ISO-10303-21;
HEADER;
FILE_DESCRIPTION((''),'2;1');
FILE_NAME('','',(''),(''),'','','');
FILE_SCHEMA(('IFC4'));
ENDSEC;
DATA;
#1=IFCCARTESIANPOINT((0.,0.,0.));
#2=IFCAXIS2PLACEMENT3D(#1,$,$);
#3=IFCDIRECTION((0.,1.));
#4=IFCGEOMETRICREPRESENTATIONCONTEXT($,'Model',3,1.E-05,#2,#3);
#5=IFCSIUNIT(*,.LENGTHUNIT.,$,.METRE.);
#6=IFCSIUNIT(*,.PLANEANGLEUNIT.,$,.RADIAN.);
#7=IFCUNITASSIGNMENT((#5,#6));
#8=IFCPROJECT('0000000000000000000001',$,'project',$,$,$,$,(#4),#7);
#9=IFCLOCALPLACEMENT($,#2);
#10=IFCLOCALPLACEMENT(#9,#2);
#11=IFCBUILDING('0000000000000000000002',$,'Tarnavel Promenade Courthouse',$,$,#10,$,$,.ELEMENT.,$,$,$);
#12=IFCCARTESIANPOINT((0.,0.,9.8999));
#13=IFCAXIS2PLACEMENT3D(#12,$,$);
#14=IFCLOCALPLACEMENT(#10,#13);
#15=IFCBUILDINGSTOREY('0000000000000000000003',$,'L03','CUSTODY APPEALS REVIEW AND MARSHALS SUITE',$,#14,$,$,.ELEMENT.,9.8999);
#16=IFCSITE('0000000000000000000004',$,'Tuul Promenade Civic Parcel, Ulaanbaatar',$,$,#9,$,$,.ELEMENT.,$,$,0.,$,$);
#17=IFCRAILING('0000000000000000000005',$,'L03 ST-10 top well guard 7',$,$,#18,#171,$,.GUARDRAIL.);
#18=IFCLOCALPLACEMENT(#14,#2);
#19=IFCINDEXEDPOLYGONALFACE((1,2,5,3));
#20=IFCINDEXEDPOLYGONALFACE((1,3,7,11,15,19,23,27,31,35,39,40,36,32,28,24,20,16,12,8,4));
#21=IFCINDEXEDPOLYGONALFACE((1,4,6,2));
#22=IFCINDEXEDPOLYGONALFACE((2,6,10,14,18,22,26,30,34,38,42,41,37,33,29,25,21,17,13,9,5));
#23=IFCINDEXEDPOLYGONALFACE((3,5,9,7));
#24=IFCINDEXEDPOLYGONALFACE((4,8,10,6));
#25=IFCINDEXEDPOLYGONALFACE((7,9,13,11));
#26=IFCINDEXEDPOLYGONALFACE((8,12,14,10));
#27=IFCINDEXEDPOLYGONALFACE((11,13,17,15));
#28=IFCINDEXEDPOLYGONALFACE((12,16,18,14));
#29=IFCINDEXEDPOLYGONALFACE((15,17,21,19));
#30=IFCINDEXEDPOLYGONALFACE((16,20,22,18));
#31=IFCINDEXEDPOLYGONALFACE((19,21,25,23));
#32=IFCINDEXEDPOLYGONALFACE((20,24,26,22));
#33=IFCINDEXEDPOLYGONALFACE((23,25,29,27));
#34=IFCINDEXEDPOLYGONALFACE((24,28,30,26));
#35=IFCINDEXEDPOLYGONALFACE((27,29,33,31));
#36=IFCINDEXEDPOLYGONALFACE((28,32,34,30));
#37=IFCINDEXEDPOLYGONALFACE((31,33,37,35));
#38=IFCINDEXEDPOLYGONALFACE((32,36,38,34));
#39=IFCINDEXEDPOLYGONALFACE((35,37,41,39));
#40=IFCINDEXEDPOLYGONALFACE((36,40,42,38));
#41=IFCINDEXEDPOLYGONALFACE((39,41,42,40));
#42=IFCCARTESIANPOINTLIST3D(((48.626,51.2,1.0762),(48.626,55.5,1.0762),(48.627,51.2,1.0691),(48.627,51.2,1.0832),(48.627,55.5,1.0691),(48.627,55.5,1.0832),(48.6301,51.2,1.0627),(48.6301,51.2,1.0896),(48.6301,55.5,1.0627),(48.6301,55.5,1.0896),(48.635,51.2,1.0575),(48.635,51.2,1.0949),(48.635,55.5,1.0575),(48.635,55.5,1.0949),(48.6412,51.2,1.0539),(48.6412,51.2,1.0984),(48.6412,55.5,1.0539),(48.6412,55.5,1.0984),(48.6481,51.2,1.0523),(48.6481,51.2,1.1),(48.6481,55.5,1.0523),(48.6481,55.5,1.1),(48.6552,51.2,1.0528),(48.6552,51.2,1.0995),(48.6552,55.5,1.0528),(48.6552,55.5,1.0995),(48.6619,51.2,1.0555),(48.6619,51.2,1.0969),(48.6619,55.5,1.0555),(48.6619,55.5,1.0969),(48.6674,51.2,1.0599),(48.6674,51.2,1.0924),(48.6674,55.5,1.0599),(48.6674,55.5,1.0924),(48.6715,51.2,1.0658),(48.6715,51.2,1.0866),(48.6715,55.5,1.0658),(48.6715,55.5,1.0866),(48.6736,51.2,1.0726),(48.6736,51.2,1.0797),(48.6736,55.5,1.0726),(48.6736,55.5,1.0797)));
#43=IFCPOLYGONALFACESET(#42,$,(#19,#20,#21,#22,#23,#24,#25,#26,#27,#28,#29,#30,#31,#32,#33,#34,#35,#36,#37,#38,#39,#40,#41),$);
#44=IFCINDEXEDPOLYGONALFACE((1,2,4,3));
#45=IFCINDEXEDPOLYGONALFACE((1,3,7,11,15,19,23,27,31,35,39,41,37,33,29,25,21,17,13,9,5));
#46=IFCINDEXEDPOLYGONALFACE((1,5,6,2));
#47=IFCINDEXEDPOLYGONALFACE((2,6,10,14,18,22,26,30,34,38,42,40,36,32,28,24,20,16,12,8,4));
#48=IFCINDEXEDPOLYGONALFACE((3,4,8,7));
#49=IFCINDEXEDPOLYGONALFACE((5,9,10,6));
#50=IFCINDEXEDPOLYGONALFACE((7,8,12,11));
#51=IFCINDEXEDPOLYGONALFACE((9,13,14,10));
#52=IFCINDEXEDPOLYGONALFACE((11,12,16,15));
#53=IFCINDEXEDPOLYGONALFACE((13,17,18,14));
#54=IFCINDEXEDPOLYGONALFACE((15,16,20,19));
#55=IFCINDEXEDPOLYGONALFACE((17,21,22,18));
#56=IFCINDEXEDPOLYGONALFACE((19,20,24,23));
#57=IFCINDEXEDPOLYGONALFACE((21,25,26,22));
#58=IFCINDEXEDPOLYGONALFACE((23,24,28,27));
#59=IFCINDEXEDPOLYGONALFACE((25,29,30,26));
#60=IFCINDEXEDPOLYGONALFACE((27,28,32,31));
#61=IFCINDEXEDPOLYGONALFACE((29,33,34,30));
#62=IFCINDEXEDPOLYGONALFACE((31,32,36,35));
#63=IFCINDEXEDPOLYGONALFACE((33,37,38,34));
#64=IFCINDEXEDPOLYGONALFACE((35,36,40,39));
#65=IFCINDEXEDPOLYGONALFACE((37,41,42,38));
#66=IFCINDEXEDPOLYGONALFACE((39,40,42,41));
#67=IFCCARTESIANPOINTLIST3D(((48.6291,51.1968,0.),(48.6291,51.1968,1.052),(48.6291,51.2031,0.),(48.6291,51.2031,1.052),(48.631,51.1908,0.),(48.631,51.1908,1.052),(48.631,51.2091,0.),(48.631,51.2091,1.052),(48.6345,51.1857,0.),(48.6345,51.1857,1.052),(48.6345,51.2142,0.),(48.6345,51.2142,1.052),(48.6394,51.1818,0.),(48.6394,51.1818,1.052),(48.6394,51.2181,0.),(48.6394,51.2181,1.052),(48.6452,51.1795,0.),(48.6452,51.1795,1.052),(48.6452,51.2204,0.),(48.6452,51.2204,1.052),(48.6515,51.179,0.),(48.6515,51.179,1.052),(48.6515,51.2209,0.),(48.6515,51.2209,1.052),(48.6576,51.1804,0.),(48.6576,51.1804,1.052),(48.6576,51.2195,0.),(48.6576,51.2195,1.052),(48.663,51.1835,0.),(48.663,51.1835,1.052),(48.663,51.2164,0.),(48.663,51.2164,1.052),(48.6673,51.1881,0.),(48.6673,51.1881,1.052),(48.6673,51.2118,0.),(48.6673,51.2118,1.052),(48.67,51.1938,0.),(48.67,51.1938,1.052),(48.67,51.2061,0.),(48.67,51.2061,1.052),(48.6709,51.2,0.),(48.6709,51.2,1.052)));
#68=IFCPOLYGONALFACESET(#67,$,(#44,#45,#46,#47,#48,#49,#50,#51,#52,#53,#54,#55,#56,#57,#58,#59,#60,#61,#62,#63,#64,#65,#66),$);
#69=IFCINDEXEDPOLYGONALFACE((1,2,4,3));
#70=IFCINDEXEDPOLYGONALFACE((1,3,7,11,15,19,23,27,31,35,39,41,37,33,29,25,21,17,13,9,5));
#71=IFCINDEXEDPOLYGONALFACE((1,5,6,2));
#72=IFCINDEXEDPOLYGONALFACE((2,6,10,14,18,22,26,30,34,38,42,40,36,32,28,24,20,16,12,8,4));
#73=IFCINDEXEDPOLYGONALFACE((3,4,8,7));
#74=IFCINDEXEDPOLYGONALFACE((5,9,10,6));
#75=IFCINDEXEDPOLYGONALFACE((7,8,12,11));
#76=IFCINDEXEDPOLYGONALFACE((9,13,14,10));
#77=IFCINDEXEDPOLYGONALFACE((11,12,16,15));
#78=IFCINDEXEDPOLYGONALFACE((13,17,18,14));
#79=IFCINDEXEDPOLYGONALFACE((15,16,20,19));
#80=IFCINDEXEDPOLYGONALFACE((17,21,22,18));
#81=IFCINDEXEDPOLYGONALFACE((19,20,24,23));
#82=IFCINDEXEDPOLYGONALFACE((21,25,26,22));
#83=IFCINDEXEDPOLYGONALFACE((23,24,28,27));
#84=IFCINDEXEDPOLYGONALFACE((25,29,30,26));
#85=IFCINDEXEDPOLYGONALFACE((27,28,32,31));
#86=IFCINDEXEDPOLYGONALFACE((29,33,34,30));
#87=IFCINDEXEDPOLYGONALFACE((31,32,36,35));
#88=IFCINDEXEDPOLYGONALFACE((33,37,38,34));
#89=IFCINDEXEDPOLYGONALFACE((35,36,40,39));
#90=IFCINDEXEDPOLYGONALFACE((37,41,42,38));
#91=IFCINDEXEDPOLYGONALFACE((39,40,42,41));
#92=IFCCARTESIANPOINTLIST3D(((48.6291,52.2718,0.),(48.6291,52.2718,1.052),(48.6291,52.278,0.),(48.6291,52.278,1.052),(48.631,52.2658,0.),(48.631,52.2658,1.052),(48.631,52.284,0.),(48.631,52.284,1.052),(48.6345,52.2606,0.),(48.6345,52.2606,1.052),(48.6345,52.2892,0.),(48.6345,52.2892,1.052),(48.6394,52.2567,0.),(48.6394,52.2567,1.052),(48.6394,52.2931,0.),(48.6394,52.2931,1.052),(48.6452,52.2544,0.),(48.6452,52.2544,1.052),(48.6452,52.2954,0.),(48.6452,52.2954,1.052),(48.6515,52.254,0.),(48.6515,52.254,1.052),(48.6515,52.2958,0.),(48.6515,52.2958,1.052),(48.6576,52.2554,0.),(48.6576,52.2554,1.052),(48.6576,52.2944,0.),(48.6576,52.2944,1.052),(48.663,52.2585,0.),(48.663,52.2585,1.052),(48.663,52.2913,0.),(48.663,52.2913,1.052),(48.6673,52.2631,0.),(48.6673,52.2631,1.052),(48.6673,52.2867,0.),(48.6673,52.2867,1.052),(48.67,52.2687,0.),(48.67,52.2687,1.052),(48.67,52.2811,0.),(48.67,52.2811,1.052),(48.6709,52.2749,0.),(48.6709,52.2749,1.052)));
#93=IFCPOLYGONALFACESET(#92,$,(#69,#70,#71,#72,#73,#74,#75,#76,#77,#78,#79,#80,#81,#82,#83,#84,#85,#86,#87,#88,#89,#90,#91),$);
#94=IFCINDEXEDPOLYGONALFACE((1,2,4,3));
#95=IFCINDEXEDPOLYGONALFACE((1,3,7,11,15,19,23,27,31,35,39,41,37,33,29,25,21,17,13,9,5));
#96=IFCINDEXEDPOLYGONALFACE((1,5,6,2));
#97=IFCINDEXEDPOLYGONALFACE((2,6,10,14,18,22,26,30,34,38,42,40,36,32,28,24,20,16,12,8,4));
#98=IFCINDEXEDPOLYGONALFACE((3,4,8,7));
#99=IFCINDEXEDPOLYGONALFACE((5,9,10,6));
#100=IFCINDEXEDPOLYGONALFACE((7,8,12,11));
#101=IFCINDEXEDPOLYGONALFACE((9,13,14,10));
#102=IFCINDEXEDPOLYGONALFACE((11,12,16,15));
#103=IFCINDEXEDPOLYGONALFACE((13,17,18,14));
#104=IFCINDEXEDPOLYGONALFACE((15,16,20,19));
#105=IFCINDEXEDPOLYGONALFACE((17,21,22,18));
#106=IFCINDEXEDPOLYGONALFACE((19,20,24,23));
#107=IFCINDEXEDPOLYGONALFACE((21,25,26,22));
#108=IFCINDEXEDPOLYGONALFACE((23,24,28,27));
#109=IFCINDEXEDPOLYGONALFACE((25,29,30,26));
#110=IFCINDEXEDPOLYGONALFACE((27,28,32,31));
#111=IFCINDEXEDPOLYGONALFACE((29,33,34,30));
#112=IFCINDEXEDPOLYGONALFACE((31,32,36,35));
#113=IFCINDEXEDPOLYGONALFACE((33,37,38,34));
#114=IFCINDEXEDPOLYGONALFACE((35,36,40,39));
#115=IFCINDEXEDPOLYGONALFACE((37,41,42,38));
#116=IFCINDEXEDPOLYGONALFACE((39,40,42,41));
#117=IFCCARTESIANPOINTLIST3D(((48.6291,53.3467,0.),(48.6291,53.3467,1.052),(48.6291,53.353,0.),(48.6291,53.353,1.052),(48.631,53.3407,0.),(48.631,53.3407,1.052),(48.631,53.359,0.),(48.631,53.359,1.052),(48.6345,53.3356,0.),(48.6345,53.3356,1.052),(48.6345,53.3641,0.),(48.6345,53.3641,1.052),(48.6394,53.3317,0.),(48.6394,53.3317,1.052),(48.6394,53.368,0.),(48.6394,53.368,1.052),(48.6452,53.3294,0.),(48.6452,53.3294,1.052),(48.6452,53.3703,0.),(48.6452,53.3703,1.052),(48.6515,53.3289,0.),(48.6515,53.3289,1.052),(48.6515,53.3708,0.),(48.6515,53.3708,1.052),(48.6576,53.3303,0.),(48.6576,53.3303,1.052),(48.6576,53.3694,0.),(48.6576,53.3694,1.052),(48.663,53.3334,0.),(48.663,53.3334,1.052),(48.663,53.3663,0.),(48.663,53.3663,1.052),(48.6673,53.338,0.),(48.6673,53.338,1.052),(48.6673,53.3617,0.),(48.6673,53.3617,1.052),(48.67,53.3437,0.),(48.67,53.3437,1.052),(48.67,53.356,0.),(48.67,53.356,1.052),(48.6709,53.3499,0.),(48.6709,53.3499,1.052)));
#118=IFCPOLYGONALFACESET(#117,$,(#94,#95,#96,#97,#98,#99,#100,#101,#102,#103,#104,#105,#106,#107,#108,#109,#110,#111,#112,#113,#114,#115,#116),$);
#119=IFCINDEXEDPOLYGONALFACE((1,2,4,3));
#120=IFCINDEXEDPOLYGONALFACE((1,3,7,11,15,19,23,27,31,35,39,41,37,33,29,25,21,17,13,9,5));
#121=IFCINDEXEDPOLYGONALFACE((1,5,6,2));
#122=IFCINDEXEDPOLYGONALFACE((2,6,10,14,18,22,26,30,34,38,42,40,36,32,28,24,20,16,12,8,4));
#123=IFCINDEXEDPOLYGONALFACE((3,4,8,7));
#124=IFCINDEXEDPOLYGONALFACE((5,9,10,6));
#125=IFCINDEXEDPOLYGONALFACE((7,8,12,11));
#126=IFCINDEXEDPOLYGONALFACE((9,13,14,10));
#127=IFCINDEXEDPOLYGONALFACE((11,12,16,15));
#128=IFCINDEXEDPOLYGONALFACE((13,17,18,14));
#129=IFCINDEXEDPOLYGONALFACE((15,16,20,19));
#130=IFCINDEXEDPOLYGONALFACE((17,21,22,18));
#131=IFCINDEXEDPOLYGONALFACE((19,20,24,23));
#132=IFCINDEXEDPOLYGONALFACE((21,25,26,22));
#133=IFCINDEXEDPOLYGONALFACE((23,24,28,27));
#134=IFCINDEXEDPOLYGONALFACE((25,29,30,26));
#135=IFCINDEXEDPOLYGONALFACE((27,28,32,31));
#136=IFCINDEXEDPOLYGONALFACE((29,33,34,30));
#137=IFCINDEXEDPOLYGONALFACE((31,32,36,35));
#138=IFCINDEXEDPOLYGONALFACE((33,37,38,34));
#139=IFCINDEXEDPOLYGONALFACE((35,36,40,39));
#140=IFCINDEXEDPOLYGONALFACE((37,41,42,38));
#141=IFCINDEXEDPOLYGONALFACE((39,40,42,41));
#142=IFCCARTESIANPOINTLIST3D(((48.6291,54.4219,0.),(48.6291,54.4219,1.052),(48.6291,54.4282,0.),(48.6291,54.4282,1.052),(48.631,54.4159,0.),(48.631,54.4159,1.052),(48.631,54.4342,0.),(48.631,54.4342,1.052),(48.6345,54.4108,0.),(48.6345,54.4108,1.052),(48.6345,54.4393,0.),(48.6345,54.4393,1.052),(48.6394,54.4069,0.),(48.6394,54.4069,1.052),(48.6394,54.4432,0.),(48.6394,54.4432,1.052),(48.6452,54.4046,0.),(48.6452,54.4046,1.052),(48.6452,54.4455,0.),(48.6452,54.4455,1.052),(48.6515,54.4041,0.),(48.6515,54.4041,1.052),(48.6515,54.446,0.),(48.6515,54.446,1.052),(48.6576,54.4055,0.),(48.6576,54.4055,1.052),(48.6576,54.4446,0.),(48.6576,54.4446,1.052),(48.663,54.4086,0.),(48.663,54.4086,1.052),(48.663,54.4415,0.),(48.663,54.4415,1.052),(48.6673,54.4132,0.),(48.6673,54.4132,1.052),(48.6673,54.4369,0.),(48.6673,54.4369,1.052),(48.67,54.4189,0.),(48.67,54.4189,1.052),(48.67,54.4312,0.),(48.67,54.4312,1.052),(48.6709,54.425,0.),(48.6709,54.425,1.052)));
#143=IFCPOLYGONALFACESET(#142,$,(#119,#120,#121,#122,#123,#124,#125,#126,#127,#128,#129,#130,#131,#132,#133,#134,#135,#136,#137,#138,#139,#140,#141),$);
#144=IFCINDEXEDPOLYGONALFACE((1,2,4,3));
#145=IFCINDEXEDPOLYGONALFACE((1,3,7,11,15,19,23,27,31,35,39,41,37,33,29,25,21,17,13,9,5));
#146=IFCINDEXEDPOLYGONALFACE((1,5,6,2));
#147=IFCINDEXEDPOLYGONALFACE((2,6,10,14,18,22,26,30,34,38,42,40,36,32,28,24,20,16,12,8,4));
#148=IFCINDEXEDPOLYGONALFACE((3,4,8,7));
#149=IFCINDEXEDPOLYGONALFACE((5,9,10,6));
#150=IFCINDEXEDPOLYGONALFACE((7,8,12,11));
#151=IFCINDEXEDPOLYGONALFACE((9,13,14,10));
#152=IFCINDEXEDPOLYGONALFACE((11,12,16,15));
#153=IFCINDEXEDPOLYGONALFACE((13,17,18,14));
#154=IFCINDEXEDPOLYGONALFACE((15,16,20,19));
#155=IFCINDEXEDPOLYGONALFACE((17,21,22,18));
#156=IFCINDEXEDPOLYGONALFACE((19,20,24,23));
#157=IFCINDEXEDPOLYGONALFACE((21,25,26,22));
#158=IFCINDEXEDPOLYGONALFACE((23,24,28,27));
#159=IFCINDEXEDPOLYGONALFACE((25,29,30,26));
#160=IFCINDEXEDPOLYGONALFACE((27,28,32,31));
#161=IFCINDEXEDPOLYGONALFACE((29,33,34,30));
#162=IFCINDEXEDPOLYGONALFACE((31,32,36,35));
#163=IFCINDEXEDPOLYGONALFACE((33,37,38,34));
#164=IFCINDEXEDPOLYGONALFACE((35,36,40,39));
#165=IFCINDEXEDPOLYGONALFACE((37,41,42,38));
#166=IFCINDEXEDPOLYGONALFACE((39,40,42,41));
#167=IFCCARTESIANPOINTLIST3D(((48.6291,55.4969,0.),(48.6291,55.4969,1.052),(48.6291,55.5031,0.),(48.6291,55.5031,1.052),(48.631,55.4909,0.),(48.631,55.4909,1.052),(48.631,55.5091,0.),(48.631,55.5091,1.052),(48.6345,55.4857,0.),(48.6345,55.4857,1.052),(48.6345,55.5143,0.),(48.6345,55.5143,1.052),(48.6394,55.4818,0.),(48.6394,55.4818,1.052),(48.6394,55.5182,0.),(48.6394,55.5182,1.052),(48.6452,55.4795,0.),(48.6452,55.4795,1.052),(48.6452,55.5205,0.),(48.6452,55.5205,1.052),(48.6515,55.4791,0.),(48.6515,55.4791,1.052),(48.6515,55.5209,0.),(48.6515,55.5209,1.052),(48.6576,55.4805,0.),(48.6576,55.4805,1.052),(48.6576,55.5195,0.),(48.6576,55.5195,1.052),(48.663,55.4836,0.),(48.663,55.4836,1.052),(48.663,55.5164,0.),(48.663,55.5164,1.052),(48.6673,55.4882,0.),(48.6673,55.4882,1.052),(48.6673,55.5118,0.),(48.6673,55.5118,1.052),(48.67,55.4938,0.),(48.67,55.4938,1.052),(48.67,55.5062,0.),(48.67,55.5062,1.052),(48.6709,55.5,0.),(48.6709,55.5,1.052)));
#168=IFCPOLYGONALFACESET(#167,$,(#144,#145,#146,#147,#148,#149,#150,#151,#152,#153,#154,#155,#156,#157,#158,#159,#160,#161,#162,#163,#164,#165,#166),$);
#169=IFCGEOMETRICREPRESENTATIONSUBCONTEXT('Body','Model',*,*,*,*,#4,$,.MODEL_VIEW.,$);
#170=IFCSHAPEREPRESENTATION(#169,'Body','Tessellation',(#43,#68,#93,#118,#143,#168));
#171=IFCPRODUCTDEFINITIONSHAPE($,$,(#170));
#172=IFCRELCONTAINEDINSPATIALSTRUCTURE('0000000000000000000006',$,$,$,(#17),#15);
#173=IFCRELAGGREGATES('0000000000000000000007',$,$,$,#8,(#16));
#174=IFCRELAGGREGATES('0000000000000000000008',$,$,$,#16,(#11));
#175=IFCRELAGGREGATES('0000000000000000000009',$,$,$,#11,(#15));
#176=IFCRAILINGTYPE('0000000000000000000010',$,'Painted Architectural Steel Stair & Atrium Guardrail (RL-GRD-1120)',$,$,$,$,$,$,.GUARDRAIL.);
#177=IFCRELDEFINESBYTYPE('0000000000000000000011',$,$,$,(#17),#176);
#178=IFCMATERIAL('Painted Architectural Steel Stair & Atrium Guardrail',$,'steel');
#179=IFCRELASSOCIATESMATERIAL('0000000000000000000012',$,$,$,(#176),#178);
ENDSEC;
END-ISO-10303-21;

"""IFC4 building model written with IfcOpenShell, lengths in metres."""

from ifc_helpers import new_model, si_unit, direction, frame, origin, origin_2d, place, context, subcontext, project, spatial, circle, extrude, material, type_object, element, save


model = new_model("IFC4")

# Units and contexts
model_context = context("Model", 3, precision=1e-05, world=origin(), true_north=direction((0.0, 1.0)))
body_context = subcontext(model_context, "Body", "Model", "MODEL_VIEW")
ifc_project = project(units=[si_unit("LENGTHUNIT", "METRE"), si_unit("PLANEANGLEUNIT", "RADIAN")], contexts=[model_context])

# Site, building, storey
site_placement = place(None, origin())
site = spatial("IfcSite", under=ifc_project, at=site_placement, Name="Tuul Promenade Civic Parcel, Ulaanbaatar", CompositionType="ELEMENT", RefElevation=0.0)
building_placement = place(site_placement, origin())
building = spatial("IfcBuilding", under=site, at=building_placement, Name="Tarnavel Promenade Courthouse", CompositionType="ELEMENT")
storey_placement = place(building_placement, frame((0.0, 0.0, 9.8999)))
storey = spatial("IfcBuildingStorey", under=building, at=storey_placement, Name="L03", Description="CUSTODY APPEALS REVIEW AND MARSHALS SUITE", CompositionType="ELEMENT", Elevation=9.8999)

# Railing
ifc_material_1 = material(Name="Painted Architectural Steel Stair & Atrium Guardrail", Category="steel")
railing_type = type_object("IfcRailingType", Name="Painted Architectural Steel Stair & Atrium Guardrail (RL-GRD-1120)", PredefinedType="GUARDRAIL", material=ifc_material_1)
railing_placement = place(storey_placement, frame((48.6499, 51.2, 0.0)))
element("IfcRailing", 1, at=railing_placement, inside=storey, type_object=railing_type, Name="L03 ST-10 top well guard 7", PredefinedType="GUARDRAIL", context=body_context, shape_type="SweptSolid", body=[
    extrude(circle(Radius=0.0239, at=origin_2d()), frame((0.0, 0.0, 1.0762), z_axis=(0.0, 1.0, 0.0), x_axis=(-1.0, 0.0, 0.0)), (0.0, 0.0, 1.0), 4.3),
    extrude(circle(Radius=0.021, at=origin_2d()), origin(), (0.0, 0.0, 1.0), 1.052),
    extrude(circle(Radius=0.021, at=origin_2d()), frame((0.0, 1.075, 0.0)), (0.0, 0.0, 1.0), 1.052),
    extrude(circle(Radius=0.021, at=origin_2d()), frame((0.0, 2.1499, 0.0)), (0.0, 0.0, 1.0), 1.052),
    extrude(circle(Radius=0.021, at=origin_2d()), frame((0.0, 3.2251, 0.0)), (0.0, 0.0, 1.0), 1.052),
    extrude(circle(Radius=0.021, at=origin_2d()), frame((0.0, 4.3, 0.0)), (0.0, 0.0, 1.0), 1.052),
])

save(model, "model.ifc")
